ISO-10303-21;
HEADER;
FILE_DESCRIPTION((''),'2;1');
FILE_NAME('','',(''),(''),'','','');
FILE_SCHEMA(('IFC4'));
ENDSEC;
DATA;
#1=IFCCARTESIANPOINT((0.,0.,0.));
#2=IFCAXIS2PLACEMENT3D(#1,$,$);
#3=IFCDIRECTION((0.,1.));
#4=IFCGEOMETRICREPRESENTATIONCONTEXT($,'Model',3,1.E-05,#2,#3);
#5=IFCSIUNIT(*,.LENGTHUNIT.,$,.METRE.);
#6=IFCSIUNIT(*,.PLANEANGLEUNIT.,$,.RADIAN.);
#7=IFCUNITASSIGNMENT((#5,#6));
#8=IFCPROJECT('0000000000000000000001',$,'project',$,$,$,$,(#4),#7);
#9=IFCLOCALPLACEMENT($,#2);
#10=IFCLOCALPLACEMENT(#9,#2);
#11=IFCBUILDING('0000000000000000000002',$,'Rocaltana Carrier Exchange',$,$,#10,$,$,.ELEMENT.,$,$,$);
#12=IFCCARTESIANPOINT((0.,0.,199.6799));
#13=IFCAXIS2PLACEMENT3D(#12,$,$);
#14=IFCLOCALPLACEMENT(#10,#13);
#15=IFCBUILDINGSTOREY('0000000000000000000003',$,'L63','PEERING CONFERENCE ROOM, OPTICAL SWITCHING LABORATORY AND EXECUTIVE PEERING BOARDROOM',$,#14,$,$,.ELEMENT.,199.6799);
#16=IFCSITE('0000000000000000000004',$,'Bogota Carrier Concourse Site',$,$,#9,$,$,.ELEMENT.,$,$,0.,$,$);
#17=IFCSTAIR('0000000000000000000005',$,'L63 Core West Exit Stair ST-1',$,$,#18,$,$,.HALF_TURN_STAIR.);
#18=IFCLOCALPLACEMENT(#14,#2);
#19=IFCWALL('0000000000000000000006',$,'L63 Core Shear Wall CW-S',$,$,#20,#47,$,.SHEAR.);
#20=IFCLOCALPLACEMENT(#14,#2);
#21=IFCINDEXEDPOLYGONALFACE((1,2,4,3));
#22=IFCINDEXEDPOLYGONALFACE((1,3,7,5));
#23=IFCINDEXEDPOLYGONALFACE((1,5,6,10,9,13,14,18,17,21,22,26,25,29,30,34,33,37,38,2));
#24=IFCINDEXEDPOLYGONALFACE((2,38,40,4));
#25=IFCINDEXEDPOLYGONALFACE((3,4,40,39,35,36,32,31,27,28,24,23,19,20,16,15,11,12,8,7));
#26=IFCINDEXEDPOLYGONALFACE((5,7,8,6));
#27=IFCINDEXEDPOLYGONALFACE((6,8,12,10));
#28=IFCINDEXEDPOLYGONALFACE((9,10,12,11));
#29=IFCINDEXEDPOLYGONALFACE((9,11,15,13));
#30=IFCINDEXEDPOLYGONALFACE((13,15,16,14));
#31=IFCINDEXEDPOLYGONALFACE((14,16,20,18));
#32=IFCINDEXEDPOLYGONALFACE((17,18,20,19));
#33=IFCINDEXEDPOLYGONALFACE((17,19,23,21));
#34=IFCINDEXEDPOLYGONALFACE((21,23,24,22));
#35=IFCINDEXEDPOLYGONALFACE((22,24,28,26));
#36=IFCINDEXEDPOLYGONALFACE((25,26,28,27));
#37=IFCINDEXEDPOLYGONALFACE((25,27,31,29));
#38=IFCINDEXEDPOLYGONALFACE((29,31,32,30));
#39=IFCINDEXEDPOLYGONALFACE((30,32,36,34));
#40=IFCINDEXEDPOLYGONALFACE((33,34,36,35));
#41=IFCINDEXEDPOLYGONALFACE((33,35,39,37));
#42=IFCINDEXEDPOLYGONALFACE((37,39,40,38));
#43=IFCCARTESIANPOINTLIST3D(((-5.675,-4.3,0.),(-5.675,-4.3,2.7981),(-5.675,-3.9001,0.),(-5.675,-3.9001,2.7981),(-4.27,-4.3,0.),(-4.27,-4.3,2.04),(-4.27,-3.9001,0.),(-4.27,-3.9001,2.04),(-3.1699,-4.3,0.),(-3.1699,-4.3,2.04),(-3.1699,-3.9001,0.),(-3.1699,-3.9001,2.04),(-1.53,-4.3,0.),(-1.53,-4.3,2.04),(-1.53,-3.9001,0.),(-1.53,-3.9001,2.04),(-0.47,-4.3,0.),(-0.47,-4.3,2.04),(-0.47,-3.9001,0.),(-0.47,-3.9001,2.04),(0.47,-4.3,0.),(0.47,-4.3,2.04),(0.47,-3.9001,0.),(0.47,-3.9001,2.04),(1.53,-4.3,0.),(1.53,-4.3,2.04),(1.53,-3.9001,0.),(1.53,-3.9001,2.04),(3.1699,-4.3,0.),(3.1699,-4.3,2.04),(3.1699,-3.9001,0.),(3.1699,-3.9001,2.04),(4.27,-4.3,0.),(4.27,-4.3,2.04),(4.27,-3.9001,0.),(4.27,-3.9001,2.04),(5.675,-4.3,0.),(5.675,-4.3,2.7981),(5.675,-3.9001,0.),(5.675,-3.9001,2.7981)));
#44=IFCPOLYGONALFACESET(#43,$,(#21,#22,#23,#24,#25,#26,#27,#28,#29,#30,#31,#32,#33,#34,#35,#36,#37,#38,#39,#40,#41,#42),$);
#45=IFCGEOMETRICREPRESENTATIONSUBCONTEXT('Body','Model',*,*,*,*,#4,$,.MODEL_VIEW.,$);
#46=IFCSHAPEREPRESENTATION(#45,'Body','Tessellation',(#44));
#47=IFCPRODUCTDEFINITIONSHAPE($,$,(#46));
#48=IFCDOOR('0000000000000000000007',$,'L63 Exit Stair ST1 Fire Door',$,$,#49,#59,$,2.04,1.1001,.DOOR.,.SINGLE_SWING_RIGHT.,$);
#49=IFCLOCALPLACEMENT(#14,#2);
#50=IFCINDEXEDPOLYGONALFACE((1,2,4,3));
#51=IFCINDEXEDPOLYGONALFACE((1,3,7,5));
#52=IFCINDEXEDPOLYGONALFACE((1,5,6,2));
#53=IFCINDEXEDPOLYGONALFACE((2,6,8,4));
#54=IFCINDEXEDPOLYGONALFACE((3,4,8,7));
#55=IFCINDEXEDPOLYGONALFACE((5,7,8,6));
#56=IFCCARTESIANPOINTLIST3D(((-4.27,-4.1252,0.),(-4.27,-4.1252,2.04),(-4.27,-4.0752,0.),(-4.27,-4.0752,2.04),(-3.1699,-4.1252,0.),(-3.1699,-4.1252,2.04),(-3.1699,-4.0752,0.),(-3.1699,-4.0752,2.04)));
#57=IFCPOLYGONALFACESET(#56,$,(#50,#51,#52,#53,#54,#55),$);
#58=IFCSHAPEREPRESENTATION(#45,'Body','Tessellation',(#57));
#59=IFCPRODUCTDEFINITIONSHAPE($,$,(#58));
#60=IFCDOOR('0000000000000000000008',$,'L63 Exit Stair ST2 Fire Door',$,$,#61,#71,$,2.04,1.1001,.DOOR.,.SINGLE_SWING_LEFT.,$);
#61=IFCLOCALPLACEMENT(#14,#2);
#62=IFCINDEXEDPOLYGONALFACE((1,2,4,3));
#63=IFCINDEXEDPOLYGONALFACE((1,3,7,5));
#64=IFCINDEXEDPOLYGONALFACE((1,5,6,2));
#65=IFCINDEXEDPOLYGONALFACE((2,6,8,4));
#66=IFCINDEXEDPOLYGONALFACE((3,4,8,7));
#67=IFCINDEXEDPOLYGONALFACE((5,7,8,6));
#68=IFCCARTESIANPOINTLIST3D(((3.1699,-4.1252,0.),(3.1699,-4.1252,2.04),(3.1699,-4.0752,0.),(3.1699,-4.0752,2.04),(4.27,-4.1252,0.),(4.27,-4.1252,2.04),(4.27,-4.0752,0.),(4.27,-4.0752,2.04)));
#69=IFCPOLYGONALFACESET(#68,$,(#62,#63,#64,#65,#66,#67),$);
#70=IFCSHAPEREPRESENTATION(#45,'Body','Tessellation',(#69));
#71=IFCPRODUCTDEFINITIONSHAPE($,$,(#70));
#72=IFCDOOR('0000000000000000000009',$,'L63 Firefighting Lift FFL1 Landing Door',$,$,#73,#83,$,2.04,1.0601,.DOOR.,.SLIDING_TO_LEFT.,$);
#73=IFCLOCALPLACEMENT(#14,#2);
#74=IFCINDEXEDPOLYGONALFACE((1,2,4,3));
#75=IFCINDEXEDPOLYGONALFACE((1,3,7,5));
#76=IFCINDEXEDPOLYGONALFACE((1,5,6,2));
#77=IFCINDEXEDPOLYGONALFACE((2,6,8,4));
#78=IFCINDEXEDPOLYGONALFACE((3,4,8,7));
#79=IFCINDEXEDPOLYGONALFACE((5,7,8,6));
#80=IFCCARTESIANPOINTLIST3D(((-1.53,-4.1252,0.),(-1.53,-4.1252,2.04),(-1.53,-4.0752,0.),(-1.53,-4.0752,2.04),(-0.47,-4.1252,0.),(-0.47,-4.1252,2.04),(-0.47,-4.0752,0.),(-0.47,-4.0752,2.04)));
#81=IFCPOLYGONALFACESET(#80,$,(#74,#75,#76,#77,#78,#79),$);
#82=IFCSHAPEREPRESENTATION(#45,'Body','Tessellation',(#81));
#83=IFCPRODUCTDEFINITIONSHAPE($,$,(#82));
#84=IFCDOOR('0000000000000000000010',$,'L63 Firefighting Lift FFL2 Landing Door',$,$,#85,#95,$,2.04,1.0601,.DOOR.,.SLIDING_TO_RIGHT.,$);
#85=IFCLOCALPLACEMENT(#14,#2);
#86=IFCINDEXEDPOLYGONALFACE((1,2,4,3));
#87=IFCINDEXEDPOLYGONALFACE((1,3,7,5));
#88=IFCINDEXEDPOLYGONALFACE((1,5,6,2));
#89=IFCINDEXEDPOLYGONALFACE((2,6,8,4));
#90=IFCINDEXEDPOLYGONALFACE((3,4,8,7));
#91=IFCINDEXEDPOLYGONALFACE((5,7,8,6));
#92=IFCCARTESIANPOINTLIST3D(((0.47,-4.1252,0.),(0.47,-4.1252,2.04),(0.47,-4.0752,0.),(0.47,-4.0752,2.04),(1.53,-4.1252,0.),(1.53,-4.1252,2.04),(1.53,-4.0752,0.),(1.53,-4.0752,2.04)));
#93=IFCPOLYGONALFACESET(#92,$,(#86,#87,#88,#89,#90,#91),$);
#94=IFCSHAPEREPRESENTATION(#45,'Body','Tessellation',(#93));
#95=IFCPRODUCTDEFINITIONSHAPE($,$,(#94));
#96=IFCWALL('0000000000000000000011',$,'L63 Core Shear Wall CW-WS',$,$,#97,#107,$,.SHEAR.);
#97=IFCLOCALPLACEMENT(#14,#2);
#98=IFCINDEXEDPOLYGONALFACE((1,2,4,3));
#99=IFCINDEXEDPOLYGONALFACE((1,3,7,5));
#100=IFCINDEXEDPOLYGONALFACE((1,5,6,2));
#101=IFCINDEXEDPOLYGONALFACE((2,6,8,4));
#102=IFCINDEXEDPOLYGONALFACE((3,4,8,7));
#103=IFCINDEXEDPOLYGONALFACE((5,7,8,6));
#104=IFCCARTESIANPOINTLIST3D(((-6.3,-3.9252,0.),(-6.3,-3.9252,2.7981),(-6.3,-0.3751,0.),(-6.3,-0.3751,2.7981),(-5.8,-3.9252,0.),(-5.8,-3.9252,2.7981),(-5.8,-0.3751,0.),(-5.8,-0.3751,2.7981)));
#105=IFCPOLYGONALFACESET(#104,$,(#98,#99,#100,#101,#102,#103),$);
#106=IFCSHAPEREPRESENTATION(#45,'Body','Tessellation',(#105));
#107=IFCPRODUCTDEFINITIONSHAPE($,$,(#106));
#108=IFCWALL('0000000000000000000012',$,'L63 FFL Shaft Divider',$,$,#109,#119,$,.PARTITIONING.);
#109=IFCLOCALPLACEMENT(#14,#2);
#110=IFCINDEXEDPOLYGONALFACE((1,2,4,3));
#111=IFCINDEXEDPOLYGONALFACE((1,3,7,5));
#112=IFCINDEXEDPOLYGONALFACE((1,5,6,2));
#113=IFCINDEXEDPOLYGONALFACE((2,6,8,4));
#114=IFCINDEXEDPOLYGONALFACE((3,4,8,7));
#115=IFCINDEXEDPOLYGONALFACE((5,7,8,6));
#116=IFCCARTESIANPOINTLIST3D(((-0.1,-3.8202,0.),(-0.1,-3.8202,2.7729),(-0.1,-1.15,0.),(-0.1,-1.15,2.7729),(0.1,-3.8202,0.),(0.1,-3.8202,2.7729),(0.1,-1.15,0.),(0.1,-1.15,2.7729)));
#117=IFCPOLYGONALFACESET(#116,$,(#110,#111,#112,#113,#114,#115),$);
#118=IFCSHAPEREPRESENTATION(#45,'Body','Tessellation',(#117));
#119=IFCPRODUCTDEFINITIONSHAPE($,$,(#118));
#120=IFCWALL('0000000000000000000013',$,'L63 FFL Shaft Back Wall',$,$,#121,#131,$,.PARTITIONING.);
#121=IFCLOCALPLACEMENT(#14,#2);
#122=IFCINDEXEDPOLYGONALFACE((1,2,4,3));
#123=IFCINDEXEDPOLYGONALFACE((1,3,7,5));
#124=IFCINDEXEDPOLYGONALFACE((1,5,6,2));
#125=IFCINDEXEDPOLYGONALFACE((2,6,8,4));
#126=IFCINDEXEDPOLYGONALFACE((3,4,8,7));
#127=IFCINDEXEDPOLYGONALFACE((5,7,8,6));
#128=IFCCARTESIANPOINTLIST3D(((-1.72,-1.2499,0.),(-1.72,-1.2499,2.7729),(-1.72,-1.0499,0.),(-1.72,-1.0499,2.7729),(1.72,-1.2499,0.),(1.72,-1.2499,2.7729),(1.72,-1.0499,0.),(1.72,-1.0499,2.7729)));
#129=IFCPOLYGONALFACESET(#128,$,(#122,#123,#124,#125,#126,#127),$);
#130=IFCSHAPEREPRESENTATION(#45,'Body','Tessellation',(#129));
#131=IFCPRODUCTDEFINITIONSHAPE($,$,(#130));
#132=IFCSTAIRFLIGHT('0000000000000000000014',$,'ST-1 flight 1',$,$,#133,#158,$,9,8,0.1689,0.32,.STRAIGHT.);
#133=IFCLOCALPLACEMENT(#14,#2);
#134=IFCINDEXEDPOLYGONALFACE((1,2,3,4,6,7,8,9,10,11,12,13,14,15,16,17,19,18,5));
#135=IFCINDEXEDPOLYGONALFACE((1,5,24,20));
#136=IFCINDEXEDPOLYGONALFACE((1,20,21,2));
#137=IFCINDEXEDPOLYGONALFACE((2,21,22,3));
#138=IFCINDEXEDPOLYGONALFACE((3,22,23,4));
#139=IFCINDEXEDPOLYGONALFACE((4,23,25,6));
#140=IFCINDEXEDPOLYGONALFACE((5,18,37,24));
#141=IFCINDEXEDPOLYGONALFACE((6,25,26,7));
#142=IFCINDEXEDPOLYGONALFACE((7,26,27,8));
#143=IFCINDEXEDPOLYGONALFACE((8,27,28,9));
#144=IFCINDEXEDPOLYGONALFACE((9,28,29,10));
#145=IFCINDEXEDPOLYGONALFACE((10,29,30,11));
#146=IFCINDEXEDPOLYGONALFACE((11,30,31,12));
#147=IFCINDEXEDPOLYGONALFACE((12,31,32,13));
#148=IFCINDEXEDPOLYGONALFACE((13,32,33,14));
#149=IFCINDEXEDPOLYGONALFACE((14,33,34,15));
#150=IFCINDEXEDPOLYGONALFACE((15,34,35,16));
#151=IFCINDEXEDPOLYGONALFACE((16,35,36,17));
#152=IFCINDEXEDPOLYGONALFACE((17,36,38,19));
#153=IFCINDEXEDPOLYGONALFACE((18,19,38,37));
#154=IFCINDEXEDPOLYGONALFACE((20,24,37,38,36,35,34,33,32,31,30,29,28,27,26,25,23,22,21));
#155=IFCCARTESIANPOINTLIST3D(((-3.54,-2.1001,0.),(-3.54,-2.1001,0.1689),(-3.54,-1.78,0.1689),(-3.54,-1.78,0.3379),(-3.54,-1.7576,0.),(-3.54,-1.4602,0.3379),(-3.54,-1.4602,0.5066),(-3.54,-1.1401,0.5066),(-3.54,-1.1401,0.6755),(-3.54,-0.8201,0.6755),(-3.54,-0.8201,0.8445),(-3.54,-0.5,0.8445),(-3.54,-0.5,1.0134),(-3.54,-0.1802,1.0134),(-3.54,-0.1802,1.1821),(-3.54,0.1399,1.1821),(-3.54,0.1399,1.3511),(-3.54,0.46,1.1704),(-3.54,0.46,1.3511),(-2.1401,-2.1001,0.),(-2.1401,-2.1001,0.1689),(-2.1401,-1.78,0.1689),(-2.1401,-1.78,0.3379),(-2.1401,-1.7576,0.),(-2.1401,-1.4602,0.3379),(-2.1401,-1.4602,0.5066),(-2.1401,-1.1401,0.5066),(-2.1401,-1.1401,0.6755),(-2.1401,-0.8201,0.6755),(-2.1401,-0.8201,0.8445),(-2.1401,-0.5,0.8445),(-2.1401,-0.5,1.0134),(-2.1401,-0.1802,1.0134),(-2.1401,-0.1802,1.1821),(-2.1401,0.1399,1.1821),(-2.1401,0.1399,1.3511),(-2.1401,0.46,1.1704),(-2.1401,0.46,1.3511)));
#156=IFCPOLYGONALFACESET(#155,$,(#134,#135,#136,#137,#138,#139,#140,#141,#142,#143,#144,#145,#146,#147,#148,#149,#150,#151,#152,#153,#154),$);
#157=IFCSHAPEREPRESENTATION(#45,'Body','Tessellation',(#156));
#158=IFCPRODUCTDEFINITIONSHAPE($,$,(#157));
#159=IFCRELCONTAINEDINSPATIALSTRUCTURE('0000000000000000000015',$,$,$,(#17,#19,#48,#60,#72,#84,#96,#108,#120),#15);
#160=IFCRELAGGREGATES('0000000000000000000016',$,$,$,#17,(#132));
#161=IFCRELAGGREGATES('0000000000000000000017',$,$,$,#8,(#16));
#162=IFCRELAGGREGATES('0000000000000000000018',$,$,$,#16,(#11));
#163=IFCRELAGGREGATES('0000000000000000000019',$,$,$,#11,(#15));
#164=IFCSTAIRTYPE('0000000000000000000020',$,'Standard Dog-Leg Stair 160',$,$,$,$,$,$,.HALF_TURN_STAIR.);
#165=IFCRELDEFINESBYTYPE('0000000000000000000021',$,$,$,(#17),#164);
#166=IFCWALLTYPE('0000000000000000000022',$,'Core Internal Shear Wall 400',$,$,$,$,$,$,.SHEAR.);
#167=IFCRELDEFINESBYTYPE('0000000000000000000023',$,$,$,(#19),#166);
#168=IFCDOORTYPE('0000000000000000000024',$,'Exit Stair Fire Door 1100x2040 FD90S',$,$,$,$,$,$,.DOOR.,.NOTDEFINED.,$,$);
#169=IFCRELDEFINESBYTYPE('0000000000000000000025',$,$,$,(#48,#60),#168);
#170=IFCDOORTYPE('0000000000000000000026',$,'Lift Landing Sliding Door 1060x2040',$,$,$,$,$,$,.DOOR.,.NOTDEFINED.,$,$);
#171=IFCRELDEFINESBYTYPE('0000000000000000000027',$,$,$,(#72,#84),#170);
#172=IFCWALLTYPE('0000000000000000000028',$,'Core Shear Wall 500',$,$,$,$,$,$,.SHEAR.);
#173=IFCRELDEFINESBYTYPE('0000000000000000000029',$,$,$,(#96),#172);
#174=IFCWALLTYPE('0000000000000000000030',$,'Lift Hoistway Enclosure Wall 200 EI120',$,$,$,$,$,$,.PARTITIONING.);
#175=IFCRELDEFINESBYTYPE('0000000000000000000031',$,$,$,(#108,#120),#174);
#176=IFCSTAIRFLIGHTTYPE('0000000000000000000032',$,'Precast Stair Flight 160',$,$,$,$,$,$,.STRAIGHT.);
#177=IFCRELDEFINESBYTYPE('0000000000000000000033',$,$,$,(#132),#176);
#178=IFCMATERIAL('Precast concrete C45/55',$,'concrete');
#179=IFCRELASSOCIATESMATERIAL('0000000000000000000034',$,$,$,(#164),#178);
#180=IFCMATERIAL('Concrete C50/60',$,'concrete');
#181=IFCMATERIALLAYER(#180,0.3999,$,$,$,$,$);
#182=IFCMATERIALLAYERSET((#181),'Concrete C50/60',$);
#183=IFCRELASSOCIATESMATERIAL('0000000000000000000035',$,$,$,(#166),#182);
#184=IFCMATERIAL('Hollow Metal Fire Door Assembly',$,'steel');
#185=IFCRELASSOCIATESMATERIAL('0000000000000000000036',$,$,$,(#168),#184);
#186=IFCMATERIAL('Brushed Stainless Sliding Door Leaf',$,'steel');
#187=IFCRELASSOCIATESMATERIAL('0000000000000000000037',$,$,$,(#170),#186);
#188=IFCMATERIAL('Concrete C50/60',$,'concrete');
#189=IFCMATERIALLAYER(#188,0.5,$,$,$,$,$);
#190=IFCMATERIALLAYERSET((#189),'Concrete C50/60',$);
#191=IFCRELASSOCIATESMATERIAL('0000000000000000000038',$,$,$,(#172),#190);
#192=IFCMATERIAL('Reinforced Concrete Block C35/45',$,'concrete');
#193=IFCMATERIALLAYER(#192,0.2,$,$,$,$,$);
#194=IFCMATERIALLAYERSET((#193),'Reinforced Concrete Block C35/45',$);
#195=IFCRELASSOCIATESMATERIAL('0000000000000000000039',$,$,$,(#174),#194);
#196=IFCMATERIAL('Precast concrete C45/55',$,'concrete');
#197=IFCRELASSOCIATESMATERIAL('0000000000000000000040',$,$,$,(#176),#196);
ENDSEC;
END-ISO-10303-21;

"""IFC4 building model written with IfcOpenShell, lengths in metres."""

from ifc_helpers import new_model, si_unit, direction, frame, frame_2d, origin, place, context, subcontext, project, spatial, polyline, rectangle, outline, extrude, material, layer, layer_set, type_object, element, fill, aggregate, save


model = new_model("IFC4")

# Units and contexts
model_context = context("Model", 3, precision=1e-05, world=origin(), true_north=direction((0.0, 1.0)))
body_context = subcontext(model_context, "Body", "Model", "MODEL_VIEW")
ifc_project = project(units=[si_unit("LENGTHUNIT", "METRE"), si_unit("PLANEANGLEUNIT", "RADIAN")], contexts=[model_context])

# Site, building, storey
site_placement = place(None, origin())
site = spatial("IfcSite", under=ifc_project, at=site_placement, Name="Bogota Carrier Concourse Site", CompositionType="ELEMENT", RefElevation=0.0)
building_placement = place(site_placement, origin())
building = spatial("IfcBuilding", under=site, at=building_placement, Name="Rocaltana Carrier Exchange", CompositionType="ELEMENT")
storey_placement = place(building_placement, frame((0.0, 0.0, 199.6799)))
storey = spatial("IfcBuildingStorey", under=building, at=storey_placement, Name="L63", Description="PEERING CONFERENCE ROOM, OPTICAL SWITCHING LABORATORY AND EXECUTIVE PEERING BOARDROOM", CompositionType="ELEMENT", Elevation=199.6799)

# Stair
ifc_material_1 = material(Name="Precast concrete C45/55", Category="concrete")
stair_type = type_object("IfcStairType", Name="Standard Dog-Leg Stair 160", PredefinedType="HALF_TURN_STAIR", material=ifc_material_1)
stair_placement = place(storey_placement, origin())
stair = element("IfcStair", 1, at=stair_placement, inside=storey, type_object=stair_type, Name="L63 Core West Exit Stair ST-1", PredefinedType="HALF_TURN_STAIR")

# Wall, openings, doors
ifc_material_2 = material(Name="Concrete C50/60", Category="concrete")
ifc_layer_1 = layer(ifc_material_2, 0.3999)
ifc_layer_set_1 = layer_set([ifc_layer_1], Name="Concrete C50/60")
wall_type_1 = type_object("IfcWallType", Name="Core Internal Shear Wall 400", PredefinedType="SHEAR", material=ifc_layer_set_1)
wall_1_placement = place(storey_placement, frame((-5.675, -4.1001, 0.0), z_axis=(0.0, 0.0, 1.0), x_axis=(1.0, 0.0, 0.0)))
wall_1 = element("IfcWall", 2, at=wall_1_placement, inside=storey, type_object=wall_type_1, Name="L63 Core Shear Wall CW-S", PredefinedType="SHEAR", context=body_context, shape_type="SweptSolid", body=[
    extrude(rectangle(XDim=11.3501, YDim=0.3999, at=frame_2d((5.675, 0.0))), origin(), (0.0, 0.0, 1.0), 2.7981),
])
opening_1_placement = place(wall_1_placement, frame((1.405, 0.0, 0.0)))
opening_1 = element("IfcOpeningElement", 3, at=opening_1_placement, cuts=wall_1, PredefinedType="OPENING", context=body_context, shape_type="SweptSolid", body=[
    extrude(rectangle(XDim=1.1001, YDim=2.04, at=frame_2d((0.55, 1.02))), frame((0.0, 0.21, 0.0), z_axis=(0.0, -1.0, 0.0), x_axis=(1.0, 0.0, 0.0)), (0.0, 0.0, 1.0), 0.4199),
])
opening_2_placement = place(wall_1_placement, frame((8.845, 0.0, 0.0)))
opening_2 = element("IfcOpeningElement", 4, at=opening_2_placement, cuts=wall_1, PredefinedType="OPENING", context=body_context, shape_type="SweptSolid", body=[
    extrude(rectangle(XDim=1.1001, YDim=2.04, at=frame_2d((0.55, 1.02))), frame((0.0, 0.21, 0.0), z_axis=(0.0, -1.0, 0.0), x_axis=(1.0, 0.0, 0.0)), (0.0, 0.0, 1.0), 0.4199),
])
opening_3_placement = place(wall_1_placement, frame((4.145, 0.0, 0.0)))
opening_3 = element("IfcOpeningElement", 5, at=opening_3_placement, cuts=wall_1, PredefinedType="OPENING", context=body_context, shape_type="SweptSolid", body=[
    extrude(rectangle(XDim=1.0601, YDim=2.04, at=frame_2d((0.53, 1.02))), frame((0.0, 0.21, 0.0), z_axis=(0.0, -1.0, 0.0), x_axis=(1.0, 0.0, 0.0)), (0.0, 0.0, 1.0), 0.4199),
])
opening_4_placement = place(wall_1_placement, frame((6.145, 0.0, 0.0)))
opening_4 = element("IfcOpeningElement", 6, at=opening_4_placement, cuts=wall_1, PredefinedType="OPENING", context=body_context, shape_type="SweptSolid", body=[
    extrude(rectangle(XDim=1.0601, YDim=2.04, at=frame_2d((0.53, 1.02))), frame((0.0, 0.21, 0.0), z_axis=(0.0, -1.0, 0.0), x_axis=(1.0, 0.0, 0.0)), (0.0, 0.0, 1.0), 0.4199),
])
ifc_material_3 = material(Name="Hollow Metal Fire Door Assembly", Category="steel")
door_type_1 = type_object("IfcDoorType", Name="Exit Stair Fire Door 1100x2040 FD90S", OperationType="NOTDEFINED", PredefinedType="DOOR", material=ifc_material_3)
door_1_placement = place(opening_1_placement, origin())
door_1 = element("IfcDoor", 7, at=door_1_placement, inside=storey, type_object=door_type_1, Name="L63 Exit Stair ST1 Fire Door", OperationType="SINGLE_SWING_RIGHT", OverallHeight=2.04, OverallWidth=1.1001, PredefinedType="DOOR", context=body_context, shape_type="SweptSolid", body=[
    extrude(rectangle(XDim=1.1001, YDim=2.04, at=frame_2d((0.55, 1.02))), frame((0.0, 0.0249, 0.0), z_axis=(0.0, -1.0, 0.0), x_axis=(1.0, 0.0, 0.0)), (0.0, 0.0, 1.0), 0.05),
])
fill(opening_1, door_1)
door_2_placement = place(opening_2_placement, origin())
door_2 = element("IfcDoor", 8, at=door_2_placement, inside=storey, type_object=door_type_1, Name="L63 Exit Stair ST2 Fire Door", OperationType="SINGLE_SWING_LEFT", OverallHeight=2.04, OverallWidth=1.1001, PredefinedType="DOOR", context=body_context, shape_type="SweptSolid", body=[
    extrude(rectangle(XDim=1.1001, YDim=2.04, at=frame_2d((0.55, 1.02))), frame((0.0, 0.0249, 0.0), z_axis=(0.0, -1.0, 0.0), x_axis=(1.0, 0.0, 0.0)), (0.0, 0.0, 1.0), 0.05),
])
fill(opening_2, door_2)
ifc_material_4 = material(Name="Brushed Stainless Sliding Door Leaf", Category="steel")
door_type_2 = type_object("IfcDoorType", Name="Lift Landing Sliding Door 1060x2040", OperationType="NOTDEFINED", PredefinedType="DOOR", material=ifc_material_4)
door_3_placement = place(opening_3_placement, origin())
door_3 = element("IfcDoor", 9, at=door_3_placement, inside=storey, type_object=door_type_2, Name="L63 Firefighting Lift FFL1 Landing Door", OperationType="SLIDING_TO_LEFT", OverallHeight=2.04, OverallWidth=1.0601, PredefinedType="DOOR", context=body_context, shape_type="SweptSolid", body=[
    extrude(rectangle(XDim=1.0601, YDim=2.04, at=frame_2d((0.53, 1.02))), frame((0.0, 0.0249, 0.0), z_axis=(0.0, -1.0, 0.0), x_axis=(1.0, 0.0, 0.0)), (0.0, 0.0, 1.0), 0.05),
])
fill(opening_3, door_3)
door_4_placement = place(opening_4_placement, origin())
door_4 = element("IfcDoor", 10, at=door_4_placement, inside=storey, type_object=door_type_2, Name="L63 Firefighting Lift FFL2 Landing Door", OperationType="SLIDING_TO_RIGHT", OverallHeight=2.04, OverallWidth=1.0601, PredefinedType="DOOR", context=body_context, shape_type="SweptSolid", body=[
    extrude(rectangle(XDim=1.0601, YDim=2.04, at=frame_2d((0.53, 1.02))), frame((0.0, 0.0249, 0.0), z_axis=(0.0, -1.0, 0.0), x_axis=(1.0, 0.0, 0.0)), (0.0, 0.0, 1.0), 0.05),
])
fill(opening_4, door_4)

# Walls
ifc_material_5 = material(Name="Concrete C50/60", Category="concrete")
ifc_layer_2 = layer(ifc_material_5, 0.5)
ifc_layer_set_2 = layer_set([ifc_layer_2], Name="Concrete C50/60")
wall_type_2 = type_object("IfcWallType", Name="Core Shear Wall 500", PredefinedType="SHEAR", material=ifc_layer_set_2)
wall_2_placement = place(storey_placement, frame((-6.05, -3.925, 0.0), z_axis=(0.0, 0.0, 1.0), x_axis=(0.0, 1.0, 0.0)))
element("IfcWall", 11, at=wall_2_placement, inside=storey, type_object=wall_type_2, Name="L63 Core Shear Wall CW-WS", PredefinedType="SHEAR", context=body_context, shape_type="SweptSolid", body=[
    extrude(rectangle(XDim=3.55, YDim=0.5, at=frame_2d((1.7749, 0.0))), origin(), (0.0, 0.0, 1.0), 2.7981),
])
ifc_material_6 = material(Name="Reinforced Concrete Block C35/45", Category="concrete")
ifc_layer_3 = layer(ifc_material_6, 0.2)
ifc_layer_set_3 = layer_set([ifc_layer_3], Name="Reinforced Concrete Block C35/45")
wall_type_3 = type_object("IfcWallType", Name="Lift Hoistway Enclosure Wall 200 EI120", PredefinedType="PARTITIONING", material=ifc_layer_set_3)
wall_3_placement = place(storey_placement, frame((0.0, -3.8201, 0.0), z_axis=(0.0, 0.0, 1.0), x_axis=(0.0, 1.0, 0.0)))
element("IfcWall", 12, at=wall_3_placement, inside=storey, type_object=wall_type_3, Name="L63 FFL Shaft Divider", PredefinedType="PARTITIONING", context=body_context, shape_type="SweptSolid", body=[
    extrude(rectangle(XDim=2.6702, YDim=0.2, at=frame_2d((1.335, 0.0))), origin(), (0.0, 0.0, 1.0), 2.7729),
])
wall_4_placement = place(storey_placement, frame((-1.72, -1.1499, 0.0), z_axis=(0.0, 0.0, 1.0), x_axis=(1.0, 0.0, 0.0)))
element("IfcWall", 13, at=wall_4_placement, inside=storey, type_object=wall_type_3, Name="L63 FFL Shaft Back Wall", PredefinedType="PARTITIONING", context=body_context, shape_type="SweptSolid", body=[
    extrude(rectangle(XDim=3.4399, YDim=0.2, at=frame_2d((1.72, 0.0))), origin(), (0.0, 0.0, 1.0), 2.7729),
])

# Stair flight
ifc_material_7 = material(Name="Precast concrete C45/55", Category="concrete")
stair_flight_type = type_object("IfcStairFlightType", Name="Precast Stair Flight 160", PredefinedType="STRAIGHT", material=ifc_material_7)
stair_flight_placement = place(storey_placement, frame((-2.8401, -2.1001, 0.0), z_axis=(0.0, 0.0, 1.0), x_axis=(0.0, 1.0, 0.0)))
stair_flight = element("IfcStairFlight", 14, at=stair_flight_placement, type_object=stair_flight_type, Name="ST-1 flight 1", NumberOfRisers=9, NumberOfTreads=8, PredefinedType="STRAIGHT", RiserHeight=0.1689, TreadLength=0.32, context=body_context, shape_type="SweptSolid", body=[
    extrude(outline(polyline([(0.0, 0.0), (0.0, 0.1689), (0.3201, 0.1689), (0.3201, 0.3379), (0.6399, 0.3379), (0.6399, 0.5066), (0.96, 0.5066), (0.96, 0.6755), (1.28, 0.6755), (1.28, 0.8445), (1.6001, 0.8445), (1.6001, 1.0134), (1.9199, 1.0134), (1.9199, 1.1821), (2.24, 1.1821), (2.24, 1.3511), (2.5601, 1.3511), (2.5601, 1.52), (2.5601, 1.1704), (0.3425, 0.0), (0.0, 0.0)])), frame((0.0, 0.7, 0.0), z_axis=(0.0, -1.0, 0.0), x_axis=(1.0, 0.0, 0.0)), (0.0, 0.0, 1.0), 1.3999),
])
aggregate(stair, [stair_flight])

save(model, "model.ifc")
